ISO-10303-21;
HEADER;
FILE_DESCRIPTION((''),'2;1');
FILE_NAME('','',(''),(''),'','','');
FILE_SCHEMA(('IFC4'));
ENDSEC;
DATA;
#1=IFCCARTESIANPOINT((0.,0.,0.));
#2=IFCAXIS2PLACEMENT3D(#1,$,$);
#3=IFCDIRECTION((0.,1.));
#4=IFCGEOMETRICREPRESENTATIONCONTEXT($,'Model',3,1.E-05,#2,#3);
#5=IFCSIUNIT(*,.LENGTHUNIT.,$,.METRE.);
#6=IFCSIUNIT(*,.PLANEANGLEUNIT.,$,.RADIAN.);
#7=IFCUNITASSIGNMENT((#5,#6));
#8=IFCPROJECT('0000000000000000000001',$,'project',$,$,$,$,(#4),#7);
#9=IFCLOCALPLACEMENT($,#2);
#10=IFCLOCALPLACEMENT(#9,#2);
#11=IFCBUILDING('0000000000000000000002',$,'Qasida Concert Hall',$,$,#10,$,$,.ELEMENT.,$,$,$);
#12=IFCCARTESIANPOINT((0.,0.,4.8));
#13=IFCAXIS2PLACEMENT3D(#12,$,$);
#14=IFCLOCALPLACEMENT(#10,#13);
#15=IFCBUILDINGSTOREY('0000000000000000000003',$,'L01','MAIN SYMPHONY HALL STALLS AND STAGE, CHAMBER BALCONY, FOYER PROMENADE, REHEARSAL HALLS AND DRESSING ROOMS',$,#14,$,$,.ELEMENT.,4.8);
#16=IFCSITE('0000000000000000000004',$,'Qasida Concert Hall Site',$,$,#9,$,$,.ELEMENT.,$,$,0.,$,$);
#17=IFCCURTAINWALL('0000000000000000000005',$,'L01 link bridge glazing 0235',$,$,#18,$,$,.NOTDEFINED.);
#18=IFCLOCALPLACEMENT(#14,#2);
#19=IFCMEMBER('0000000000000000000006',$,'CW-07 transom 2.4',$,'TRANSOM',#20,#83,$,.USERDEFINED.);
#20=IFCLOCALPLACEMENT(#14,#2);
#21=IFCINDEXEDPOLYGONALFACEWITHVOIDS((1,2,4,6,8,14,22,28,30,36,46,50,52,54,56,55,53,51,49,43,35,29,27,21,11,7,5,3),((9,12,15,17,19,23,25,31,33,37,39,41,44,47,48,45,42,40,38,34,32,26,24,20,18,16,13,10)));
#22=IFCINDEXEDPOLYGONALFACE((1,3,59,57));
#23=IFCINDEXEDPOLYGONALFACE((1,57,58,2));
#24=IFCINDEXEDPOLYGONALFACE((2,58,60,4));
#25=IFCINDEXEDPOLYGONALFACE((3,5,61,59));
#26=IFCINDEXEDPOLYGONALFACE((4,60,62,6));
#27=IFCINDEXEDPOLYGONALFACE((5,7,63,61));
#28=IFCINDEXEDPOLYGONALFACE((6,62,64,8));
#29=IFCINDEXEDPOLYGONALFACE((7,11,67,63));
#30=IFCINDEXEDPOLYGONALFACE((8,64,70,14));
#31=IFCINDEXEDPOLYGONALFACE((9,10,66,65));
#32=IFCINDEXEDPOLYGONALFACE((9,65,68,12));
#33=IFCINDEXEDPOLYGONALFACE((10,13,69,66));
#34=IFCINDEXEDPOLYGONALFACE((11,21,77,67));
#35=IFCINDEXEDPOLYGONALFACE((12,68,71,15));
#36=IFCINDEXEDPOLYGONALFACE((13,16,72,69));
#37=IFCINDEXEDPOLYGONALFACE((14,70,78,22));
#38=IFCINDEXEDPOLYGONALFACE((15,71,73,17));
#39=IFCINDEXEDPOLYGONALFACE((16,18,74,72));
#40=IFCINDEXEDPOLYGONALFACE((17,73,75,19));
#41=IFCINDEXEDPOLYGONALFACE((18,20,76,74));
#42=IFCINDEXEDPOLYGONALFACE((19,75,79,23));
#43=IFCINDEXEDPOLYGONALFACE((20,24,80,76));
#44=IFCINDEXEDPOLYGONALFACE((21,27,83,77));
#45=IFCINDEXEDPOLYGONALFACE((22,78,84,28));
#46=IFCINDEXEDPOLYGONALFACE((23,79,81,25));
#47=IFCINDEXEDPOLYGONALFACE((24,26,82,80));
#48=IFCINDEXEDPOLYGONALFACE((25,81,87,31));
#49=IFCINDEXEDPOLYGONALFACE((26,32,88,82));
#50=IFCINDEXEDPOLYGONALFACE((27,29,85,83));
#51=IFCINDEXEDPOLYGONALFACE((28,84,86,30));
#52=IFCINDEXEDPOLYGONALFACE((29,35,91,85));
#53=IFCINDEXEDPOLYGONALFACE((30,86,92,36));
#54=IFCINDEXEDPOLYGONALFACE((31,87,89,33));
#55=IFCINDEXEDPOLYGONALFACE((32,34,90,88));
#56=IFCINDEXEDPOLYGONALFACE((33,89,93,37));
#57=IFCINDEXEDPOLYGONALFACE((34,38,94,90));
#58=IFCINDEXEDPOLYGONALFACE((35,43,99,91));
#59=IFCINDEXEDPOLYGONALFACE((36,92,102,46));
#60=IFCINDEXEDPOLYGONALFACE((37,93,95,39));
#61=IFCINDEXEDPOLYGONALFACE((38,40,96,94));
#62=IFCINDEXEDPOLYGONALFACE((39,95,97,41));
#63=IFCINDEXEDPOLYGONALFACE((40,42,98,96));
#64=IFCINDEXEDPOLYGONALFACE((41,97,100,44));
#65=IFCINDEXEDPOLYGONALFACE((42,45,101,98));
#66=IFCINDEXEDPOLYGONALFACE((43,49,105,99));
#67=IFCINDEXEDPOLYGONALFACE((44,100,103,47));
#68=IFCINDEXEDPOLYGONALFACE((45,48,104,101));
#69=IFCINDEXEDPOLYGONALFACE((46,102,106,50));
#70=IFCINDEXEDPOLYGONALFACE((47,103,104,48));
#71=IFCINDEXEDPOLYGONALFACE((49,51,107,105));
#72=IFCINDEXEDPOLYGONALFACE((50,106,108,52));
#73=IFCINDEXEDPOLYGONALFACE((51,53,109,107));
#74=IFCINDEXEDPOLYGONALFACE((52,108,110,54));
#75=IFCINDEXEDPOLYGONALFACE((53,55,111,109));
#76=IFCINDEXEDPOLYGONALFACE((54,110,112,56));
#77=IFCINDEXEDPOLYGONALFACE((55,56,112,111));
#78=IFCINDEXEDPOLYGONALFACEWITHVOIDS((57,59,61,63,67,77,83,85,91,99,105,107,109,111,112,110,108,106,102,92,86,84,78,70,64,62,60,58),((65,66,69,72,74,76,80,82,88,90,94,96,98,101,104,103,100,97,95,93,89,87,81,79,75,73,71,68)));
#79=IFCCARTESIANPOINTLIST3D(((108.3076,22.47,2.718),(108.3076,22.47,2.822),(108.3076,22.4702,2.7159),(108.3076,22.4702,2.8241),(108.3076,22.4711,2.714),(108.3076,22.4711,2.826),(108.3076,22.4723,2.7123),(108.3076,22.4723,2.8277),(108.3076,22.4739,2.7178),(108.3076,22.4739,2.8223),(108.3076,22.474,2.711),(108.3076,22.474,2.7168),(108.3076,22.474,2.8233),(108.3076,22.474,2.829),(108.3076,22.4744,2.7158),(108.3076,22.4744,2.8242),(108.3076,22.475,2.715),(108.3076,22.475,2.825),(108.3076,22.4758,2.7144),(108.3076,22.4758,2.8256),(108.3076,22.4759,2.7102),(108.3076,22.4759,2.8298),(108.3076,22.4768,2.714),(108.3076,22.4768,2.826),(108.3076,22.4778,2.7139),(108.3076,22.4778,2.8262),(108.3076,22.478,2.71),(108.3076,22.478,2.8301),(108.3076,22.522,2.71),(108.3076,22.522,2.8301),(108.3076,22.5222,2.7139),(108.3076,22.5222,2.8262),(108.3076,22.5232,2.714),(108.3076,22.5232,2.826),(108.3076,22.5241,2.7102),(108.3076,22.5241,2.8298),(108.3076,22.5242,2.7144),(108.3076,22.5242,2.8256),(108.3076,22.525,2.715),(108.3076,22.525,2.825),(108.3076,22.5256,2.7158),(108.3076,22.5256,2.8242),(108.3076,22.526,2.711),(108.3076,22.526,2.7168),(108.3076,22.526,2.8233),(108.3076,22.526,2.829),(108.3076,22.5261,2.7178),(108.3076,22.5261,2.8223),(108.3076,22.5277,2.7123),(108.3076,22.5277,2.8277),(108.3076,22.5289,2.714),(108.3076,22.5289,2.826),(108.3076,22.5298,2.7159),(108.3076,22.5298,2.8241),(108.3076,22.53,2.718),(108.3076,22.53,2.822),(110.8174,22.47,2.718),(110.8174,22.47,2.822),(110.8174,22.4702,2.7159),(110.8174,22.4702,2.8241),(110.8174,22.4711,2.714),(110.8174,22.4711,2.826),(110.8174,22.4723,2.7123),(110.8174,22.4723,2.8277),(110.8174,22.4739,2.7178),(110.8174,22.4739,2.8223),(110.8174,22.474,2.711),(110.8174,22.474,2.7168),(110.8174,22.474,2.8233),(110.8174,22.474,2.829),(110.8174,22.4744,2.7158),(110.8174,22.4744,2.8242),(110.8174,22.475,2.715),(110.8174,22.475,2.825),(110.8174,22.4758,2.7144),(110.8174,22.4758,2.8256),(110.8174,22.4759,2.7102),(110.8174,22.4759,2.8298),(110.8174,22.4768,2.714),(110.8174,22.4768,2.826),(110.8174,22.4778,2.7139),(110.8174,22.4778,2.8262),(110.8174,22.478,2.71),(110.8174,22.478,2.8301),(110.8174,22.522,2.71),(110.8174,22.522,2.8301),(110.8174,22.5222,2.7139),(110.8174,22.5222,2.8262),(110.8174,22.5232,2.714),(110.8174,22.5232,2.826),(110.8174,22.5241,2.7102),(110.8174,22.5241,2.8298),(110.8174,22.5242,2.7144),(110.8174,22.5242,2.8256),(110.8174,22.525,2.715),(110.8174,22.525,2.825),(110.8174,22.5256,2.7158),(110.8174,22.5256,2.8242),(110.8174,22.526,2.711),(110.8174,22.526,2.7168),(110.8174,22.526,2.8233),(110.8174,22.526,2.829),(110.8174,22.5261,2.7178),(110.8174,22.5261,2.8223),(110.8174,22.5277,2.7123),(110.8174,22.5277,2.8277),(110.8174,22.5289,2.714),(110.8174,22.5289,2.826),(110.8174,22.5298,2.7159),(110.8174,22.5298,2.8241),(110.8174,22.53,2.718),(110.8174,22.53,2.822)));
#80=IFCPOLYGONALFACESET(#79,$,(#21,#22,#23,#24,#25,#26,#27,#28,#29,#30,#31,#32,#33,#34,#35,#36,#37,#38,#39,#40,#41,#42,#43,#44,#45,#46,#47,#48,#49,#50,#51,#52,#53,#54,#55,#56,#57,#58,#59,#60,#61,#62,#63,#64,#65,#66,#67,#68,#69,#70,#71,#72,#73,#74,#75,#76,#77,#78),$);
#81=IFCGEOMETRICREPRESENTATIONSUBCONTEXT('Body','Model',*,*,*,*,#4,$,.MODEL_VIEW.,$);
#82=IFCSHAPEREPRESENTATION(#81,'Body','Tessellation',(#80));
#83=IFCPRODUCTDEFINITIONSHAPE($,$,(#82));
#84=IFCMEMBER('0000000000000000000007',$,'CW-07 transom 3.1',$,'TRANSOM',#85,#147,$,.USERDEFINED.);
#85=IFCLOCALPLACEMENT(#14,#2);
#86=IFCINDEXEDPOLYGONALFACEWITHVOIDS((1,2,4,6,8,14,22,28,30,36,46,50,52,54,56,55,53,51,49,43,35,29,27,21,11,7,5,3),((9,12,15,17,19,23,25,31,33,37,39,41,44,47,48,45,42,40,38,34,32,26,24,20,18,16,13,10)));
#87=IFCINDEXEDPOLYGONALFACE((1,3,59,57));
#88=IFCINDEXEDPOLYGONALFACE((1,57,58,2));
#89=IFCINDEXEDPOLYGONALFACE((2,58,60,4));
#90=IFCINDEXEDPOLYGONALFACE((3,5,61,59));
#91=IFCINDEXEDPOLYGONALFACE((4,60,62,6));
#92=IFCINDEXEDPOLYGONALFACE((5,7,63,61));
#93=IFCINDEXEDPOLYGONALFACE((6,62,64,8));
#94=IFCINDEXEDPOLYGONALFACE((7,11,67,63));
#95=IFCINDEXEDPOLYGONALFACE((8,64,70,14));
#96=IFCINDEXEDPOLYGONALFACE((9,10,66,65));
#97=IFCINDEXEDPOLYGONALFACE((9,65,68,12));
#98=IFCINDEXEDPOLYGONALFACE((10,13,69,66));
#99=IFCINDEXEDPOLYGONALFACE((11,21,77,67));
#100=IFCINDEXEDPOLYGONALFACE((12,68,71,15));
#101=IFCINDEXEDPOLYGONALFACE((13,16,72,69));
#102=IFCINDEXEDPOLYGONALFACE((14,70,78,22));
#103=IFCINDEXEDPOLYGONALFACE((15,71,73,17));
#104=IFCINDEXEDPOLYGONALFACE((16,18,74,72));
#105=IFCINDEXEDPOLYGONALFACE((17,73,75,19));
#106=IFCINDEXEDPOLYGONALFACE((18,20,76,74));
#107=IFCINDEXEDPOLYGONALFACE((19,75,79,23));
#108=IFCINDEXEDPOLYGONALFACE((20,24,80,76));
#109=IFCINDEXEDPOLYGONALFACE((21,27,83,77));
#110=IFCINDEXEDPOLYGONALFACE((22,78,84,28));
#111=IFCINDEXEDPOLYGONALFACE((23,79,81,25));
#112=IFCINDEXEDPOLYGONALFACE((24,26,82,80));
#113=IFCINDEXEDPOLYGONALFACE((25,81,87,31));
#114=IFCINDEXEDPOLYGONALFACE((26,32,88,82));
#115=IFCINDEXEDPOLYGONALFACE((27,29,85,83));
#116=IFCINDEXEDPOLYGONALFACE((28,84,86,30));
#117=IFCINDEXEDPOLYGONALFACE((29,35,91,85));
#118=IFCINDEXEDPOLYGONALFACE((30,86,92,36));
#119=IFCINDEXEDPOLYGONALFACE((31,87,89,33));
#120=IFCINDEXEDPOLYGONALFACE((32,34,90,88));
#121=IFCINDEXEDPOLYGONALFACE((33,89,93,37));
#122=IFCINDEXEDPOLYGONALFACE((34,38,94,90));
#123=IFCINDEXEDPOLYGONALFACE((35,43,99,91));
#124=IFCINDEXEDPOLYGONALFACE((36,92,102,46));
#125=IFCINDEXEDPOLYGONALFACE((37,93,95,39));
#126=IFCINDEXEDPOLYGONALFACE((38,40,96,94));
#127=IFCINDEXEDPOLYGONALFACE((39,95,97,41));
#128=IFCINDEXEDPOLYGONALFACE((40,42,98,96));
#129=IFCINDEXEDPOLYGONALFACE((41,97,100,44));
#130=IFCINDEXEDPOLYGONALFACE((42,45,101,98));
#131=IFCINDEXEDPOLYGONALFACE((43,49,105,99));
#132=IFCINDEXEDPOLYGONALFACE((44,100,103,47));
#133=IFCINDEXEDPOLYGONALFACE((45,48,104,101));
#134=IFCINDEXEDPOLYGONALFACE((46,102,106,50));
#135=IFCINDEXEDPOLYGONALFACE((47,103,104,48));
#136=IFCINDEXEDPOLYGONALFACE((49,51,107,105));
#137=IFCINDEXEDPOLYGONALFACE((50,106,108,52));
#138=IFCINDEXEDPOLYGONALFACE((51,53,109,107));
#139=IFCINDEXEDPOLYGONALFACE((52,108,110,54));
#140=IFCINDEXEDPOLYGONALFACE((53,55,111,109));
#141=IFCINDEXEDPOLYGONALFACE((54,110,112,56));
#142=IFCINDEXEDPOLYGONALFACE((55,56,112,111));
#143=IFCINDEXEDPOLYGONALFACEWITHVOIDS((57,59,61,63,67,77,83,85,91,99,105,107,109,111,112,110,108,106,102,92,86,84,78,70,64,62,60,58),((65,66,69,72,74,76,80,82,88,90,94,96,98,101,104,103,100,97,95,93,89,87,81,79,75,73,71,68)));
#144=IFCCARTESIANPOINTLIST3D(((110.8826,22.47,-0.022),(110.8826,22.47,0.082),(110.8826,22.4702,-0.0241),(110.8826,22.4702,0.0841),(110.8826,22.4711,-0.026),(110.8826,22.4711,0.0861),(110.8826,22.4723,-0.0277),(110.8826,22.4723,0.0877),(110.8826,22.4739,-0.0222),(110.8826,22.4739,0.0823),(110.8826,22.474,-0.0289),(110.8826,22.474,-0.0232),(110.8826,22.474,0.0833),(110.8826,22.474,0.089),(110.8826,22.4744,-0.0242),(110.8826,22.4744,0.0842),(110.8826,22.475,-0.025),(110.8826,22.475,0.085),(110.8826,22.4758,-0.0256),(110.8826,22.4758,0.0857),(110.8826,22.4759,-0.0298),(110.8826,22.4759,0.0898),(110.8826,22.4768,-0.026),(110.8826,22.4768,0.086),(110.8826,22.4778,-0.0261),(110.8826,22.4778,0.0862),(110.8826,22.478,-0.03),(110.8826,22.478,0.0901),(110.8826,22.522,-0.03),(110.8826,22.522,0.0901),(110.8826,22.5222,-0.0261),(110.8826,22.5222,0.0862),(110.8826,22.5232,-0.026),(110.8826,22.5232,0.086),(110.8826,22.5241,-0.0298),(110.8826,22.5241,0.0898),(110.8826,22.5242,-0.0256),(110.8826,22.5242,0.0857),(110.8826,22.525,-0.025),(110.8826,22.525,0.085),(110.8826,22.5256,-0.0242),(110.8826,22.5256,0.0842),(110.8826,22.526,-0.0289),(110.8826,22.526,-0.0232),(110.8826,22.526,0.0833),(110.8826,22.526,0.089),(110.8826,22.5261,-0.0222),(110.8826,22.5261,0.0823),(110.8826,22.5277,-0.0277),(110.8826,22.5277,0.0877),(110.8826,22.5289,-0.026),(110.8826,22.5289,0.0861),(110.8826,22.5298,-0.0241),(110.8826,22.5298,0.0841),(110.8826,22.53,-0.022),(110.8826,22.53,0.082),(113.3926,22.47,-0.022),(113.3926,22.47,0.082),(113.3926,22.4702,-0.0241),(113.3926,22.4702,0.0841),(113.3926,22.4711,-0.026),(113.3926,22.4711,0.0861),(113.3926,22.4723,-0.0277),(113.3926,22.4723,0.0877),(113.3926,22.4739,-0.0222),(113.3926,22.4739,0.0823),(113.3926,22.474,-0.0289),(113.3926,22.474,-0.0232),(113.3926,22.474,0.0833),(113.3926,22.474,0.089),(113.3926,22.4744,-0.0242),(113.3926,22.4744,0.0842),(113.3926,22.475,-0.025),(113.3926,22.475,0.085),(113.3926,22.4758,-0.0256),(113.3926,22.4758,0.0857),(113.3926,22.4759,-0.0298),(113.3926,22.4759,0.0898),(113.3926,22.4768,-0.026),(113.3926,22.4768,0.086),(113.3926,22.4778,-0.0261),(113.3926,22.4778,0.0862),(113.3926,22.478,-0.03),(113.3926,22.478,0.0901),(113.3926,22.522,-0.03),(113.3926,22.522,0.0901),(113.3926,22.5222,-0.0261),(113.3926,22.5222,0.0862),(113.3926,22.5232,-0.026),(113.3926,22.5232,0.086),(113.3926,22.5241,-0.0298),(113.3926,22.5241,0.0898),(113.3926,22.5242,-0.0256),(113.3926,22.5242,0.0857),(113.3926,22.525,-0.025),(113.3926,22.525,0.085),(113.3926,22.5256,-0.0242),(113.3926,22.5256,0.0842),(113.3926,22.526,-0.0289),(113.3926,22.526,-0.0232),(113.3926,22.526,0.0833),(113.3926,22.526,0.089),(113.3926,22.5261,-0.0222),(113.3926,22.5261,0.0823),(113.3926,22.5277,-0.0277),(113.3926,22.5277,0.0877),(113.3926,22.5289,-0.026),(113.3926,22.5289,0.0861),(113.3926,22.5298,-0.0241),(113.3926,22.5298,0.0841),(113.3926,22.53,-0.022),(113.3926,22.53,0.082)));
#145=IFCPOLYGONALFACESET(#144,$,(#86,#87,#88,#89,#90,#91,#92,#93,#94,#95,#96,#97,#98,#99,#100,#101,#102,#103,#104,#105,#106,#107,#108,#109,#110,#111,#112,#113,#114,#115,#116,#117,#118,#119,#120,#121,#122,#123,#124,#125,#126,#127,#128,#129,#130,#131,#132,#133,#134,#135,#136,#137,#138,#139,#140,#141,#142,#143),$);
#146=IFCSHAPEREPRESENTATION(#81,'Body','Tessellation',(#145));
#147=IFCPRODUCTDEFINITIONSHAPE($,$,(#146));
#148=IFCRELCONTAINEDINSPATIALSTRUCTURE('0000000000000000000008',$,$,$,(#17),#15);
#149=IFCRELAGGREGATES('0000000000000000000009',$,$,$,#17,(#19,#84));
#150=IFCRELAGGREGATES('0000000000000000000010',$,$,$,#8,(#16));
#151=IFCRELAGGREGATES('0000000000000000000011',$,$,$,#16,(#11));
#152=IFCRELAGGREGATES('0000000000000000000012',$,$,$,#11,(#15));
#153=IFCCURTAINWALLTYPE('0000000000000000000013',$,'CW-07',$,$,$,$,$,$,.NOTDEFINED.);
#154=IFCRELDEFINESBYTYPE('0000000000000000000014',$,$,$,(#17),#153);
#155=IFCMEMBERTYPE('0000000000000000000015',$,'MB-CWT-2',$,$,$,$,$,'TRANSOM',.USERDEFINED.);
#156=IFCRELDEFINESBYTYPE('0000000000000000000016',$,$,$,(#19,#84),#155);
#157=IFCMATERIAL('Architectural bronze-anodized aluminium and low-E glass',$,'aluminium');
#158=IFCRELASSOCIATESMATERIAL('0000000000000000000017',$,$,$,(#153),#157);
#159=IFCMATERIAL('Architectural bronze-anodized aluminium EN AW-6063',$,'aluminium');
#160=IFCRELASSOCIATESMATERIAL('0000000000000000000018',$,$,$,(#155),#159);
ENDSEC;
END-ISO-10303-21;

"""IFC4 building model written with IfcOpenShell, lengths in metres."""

from ifc_helpers import new_model, si_unit, direction, frame, origin, origin_2d, place, context, subcontext, project, spatial, hollow_rectangle, extrude, material, material_profile, profile_set, type_object, element, aggregate, save


model = new_model("IFC4")

# Units and contexts
model_context = context("Model", 3, precision=1e-05, world=origin(), true_north=direction((0.0, 1.0)))
body_context = subcontext(model_context, "Body", "Model", "MODEL_VIEW")
ifc_project = project(units=[si_unit("LENGTHUNIT", "METRE"), si_unit("PLANEANGLEUNIT", "RADIAN")], contexts=[model_context])

# Site, building, storey
site_placement = place(None, origin())
site = spatial("IfcSite", under=ifc_project, at=site_placement, Name="Qasida Concert Hall Site", CompositionType="ELEMENT", RefElevation=0.0)
building_placement = place(site_placement, origin())
building = spatial("IfcBuilding", under=site, at=building_placement, Name="Qasida Concert Hall", CompositionType="ELEMENT")
storey_placement = place(building_placement, frame((0.0, 0.0, 4.8)))
storey = spatial("IfcBuildingStorey", under=building, at=storey_placement, Name="L01", Description="MAIN SYMPHONY HALL STALLS AND STAGE, CHAMBER BALCONY, FOYER PROMENADE, REHEARSAL HALLS AND DRESSING ROOMS", CompositionType="ELEMENT", Elevation=4.8)

# Curtain wall
ifc_material_1 = material(Name="Architectural bronze-anodized aluminium and low-E glass", Category="aluminium")
curtain_wall_type = type_object("IfcCurtainWallType", Name="CW-07", PredefinedType="NOTDEFINED", material=ifc_material_1)
ifc_material_2 = material(Name="Architectural bronze-anodized aluminium EN AW-6063", Category="aluminium")
curtain_wall_1_placement = place(storey_placement, origin())
curtain_wall_1 = element("IfcCurtainWall", 1, at=curtain_wall_1_placement, inside=storey, type_object=curtain_wall_type, Name="L01 link bridge glazing 0235", PredefinedType="NOTDEFINED")

# Members
ifc_material_profile_1 = material_profile(ifc_material_2, hollow_rectangle(XDim=0.0601, YDim=0.1201, WallThickness=0.0039, InnerFilletRadius=0.0039, OuterFilletRadius=0.0081, at=origin_2d()), Name="CWT 120x60x4")
ifc_profile_set_1 = profile_set([ifc_material_profile_1], Name="Architectural bronze-anodized aluminium EN AW-6063")
member_type_1 = type_object("IfcMemberType", Name="MB-CWT-2", ElementType="TRANSOM", PredefinedType="USERDEFINED", material=ifc_profile_set_1)
member_1_placement = place(storey_placement, frame((108.3076, 22.5, 2.77), z_axis=(1.0, 0.0, 0.0), x_axis=(0.0, 1.0, 0.0)))
member_1 = element("IfcMember", 2, at=member_1_placement, type_object=member_type_1, Name="CW-07 transom 2.4", ObjectType="TRANSOM", PredefinedType="USERDEFINED", context=body_context, shape_type="SweptSolid", body=[
    extrude(hollow_rectangle(XDim=0.0601, YDim=0.1201, WallThickness=0.0039, InnerFilletRadius=0.0039, OuterFilletRadius=0.0081, at=origin_2d()), origin(), (0.0, 0.0, 1.0), 2.5098),
])
member_2_placement = place(storey_placement, frame((110.8826, 22.5, 0.03), z_axis=(1.0, 0.0, 0.0), x_axis=(0.0, 1.0, 0.0)))
member_2 = element("IfcMember", 3, at=member_2_placement, type_object=member_type_1, Name="CW-07 transom 3.1", ObjectType="TRANSOM", PredefinedType="USERDEFINED", context=body_context, shape_type="SweptSolid", body=[
    extrude(hollow_rectangle(XDim=0.0601, YDim=0.1201, WallThickness=0.0039, InnerFilletRadius=0.0039, OuterFilletRadius=0.0081, at=origin_2d()), origin(), (0.0, 0.0, 1.0), 2.51),
])

aggregate(curtain_wall_1, [member_1, member_2])

save(model, "model.ifc")
